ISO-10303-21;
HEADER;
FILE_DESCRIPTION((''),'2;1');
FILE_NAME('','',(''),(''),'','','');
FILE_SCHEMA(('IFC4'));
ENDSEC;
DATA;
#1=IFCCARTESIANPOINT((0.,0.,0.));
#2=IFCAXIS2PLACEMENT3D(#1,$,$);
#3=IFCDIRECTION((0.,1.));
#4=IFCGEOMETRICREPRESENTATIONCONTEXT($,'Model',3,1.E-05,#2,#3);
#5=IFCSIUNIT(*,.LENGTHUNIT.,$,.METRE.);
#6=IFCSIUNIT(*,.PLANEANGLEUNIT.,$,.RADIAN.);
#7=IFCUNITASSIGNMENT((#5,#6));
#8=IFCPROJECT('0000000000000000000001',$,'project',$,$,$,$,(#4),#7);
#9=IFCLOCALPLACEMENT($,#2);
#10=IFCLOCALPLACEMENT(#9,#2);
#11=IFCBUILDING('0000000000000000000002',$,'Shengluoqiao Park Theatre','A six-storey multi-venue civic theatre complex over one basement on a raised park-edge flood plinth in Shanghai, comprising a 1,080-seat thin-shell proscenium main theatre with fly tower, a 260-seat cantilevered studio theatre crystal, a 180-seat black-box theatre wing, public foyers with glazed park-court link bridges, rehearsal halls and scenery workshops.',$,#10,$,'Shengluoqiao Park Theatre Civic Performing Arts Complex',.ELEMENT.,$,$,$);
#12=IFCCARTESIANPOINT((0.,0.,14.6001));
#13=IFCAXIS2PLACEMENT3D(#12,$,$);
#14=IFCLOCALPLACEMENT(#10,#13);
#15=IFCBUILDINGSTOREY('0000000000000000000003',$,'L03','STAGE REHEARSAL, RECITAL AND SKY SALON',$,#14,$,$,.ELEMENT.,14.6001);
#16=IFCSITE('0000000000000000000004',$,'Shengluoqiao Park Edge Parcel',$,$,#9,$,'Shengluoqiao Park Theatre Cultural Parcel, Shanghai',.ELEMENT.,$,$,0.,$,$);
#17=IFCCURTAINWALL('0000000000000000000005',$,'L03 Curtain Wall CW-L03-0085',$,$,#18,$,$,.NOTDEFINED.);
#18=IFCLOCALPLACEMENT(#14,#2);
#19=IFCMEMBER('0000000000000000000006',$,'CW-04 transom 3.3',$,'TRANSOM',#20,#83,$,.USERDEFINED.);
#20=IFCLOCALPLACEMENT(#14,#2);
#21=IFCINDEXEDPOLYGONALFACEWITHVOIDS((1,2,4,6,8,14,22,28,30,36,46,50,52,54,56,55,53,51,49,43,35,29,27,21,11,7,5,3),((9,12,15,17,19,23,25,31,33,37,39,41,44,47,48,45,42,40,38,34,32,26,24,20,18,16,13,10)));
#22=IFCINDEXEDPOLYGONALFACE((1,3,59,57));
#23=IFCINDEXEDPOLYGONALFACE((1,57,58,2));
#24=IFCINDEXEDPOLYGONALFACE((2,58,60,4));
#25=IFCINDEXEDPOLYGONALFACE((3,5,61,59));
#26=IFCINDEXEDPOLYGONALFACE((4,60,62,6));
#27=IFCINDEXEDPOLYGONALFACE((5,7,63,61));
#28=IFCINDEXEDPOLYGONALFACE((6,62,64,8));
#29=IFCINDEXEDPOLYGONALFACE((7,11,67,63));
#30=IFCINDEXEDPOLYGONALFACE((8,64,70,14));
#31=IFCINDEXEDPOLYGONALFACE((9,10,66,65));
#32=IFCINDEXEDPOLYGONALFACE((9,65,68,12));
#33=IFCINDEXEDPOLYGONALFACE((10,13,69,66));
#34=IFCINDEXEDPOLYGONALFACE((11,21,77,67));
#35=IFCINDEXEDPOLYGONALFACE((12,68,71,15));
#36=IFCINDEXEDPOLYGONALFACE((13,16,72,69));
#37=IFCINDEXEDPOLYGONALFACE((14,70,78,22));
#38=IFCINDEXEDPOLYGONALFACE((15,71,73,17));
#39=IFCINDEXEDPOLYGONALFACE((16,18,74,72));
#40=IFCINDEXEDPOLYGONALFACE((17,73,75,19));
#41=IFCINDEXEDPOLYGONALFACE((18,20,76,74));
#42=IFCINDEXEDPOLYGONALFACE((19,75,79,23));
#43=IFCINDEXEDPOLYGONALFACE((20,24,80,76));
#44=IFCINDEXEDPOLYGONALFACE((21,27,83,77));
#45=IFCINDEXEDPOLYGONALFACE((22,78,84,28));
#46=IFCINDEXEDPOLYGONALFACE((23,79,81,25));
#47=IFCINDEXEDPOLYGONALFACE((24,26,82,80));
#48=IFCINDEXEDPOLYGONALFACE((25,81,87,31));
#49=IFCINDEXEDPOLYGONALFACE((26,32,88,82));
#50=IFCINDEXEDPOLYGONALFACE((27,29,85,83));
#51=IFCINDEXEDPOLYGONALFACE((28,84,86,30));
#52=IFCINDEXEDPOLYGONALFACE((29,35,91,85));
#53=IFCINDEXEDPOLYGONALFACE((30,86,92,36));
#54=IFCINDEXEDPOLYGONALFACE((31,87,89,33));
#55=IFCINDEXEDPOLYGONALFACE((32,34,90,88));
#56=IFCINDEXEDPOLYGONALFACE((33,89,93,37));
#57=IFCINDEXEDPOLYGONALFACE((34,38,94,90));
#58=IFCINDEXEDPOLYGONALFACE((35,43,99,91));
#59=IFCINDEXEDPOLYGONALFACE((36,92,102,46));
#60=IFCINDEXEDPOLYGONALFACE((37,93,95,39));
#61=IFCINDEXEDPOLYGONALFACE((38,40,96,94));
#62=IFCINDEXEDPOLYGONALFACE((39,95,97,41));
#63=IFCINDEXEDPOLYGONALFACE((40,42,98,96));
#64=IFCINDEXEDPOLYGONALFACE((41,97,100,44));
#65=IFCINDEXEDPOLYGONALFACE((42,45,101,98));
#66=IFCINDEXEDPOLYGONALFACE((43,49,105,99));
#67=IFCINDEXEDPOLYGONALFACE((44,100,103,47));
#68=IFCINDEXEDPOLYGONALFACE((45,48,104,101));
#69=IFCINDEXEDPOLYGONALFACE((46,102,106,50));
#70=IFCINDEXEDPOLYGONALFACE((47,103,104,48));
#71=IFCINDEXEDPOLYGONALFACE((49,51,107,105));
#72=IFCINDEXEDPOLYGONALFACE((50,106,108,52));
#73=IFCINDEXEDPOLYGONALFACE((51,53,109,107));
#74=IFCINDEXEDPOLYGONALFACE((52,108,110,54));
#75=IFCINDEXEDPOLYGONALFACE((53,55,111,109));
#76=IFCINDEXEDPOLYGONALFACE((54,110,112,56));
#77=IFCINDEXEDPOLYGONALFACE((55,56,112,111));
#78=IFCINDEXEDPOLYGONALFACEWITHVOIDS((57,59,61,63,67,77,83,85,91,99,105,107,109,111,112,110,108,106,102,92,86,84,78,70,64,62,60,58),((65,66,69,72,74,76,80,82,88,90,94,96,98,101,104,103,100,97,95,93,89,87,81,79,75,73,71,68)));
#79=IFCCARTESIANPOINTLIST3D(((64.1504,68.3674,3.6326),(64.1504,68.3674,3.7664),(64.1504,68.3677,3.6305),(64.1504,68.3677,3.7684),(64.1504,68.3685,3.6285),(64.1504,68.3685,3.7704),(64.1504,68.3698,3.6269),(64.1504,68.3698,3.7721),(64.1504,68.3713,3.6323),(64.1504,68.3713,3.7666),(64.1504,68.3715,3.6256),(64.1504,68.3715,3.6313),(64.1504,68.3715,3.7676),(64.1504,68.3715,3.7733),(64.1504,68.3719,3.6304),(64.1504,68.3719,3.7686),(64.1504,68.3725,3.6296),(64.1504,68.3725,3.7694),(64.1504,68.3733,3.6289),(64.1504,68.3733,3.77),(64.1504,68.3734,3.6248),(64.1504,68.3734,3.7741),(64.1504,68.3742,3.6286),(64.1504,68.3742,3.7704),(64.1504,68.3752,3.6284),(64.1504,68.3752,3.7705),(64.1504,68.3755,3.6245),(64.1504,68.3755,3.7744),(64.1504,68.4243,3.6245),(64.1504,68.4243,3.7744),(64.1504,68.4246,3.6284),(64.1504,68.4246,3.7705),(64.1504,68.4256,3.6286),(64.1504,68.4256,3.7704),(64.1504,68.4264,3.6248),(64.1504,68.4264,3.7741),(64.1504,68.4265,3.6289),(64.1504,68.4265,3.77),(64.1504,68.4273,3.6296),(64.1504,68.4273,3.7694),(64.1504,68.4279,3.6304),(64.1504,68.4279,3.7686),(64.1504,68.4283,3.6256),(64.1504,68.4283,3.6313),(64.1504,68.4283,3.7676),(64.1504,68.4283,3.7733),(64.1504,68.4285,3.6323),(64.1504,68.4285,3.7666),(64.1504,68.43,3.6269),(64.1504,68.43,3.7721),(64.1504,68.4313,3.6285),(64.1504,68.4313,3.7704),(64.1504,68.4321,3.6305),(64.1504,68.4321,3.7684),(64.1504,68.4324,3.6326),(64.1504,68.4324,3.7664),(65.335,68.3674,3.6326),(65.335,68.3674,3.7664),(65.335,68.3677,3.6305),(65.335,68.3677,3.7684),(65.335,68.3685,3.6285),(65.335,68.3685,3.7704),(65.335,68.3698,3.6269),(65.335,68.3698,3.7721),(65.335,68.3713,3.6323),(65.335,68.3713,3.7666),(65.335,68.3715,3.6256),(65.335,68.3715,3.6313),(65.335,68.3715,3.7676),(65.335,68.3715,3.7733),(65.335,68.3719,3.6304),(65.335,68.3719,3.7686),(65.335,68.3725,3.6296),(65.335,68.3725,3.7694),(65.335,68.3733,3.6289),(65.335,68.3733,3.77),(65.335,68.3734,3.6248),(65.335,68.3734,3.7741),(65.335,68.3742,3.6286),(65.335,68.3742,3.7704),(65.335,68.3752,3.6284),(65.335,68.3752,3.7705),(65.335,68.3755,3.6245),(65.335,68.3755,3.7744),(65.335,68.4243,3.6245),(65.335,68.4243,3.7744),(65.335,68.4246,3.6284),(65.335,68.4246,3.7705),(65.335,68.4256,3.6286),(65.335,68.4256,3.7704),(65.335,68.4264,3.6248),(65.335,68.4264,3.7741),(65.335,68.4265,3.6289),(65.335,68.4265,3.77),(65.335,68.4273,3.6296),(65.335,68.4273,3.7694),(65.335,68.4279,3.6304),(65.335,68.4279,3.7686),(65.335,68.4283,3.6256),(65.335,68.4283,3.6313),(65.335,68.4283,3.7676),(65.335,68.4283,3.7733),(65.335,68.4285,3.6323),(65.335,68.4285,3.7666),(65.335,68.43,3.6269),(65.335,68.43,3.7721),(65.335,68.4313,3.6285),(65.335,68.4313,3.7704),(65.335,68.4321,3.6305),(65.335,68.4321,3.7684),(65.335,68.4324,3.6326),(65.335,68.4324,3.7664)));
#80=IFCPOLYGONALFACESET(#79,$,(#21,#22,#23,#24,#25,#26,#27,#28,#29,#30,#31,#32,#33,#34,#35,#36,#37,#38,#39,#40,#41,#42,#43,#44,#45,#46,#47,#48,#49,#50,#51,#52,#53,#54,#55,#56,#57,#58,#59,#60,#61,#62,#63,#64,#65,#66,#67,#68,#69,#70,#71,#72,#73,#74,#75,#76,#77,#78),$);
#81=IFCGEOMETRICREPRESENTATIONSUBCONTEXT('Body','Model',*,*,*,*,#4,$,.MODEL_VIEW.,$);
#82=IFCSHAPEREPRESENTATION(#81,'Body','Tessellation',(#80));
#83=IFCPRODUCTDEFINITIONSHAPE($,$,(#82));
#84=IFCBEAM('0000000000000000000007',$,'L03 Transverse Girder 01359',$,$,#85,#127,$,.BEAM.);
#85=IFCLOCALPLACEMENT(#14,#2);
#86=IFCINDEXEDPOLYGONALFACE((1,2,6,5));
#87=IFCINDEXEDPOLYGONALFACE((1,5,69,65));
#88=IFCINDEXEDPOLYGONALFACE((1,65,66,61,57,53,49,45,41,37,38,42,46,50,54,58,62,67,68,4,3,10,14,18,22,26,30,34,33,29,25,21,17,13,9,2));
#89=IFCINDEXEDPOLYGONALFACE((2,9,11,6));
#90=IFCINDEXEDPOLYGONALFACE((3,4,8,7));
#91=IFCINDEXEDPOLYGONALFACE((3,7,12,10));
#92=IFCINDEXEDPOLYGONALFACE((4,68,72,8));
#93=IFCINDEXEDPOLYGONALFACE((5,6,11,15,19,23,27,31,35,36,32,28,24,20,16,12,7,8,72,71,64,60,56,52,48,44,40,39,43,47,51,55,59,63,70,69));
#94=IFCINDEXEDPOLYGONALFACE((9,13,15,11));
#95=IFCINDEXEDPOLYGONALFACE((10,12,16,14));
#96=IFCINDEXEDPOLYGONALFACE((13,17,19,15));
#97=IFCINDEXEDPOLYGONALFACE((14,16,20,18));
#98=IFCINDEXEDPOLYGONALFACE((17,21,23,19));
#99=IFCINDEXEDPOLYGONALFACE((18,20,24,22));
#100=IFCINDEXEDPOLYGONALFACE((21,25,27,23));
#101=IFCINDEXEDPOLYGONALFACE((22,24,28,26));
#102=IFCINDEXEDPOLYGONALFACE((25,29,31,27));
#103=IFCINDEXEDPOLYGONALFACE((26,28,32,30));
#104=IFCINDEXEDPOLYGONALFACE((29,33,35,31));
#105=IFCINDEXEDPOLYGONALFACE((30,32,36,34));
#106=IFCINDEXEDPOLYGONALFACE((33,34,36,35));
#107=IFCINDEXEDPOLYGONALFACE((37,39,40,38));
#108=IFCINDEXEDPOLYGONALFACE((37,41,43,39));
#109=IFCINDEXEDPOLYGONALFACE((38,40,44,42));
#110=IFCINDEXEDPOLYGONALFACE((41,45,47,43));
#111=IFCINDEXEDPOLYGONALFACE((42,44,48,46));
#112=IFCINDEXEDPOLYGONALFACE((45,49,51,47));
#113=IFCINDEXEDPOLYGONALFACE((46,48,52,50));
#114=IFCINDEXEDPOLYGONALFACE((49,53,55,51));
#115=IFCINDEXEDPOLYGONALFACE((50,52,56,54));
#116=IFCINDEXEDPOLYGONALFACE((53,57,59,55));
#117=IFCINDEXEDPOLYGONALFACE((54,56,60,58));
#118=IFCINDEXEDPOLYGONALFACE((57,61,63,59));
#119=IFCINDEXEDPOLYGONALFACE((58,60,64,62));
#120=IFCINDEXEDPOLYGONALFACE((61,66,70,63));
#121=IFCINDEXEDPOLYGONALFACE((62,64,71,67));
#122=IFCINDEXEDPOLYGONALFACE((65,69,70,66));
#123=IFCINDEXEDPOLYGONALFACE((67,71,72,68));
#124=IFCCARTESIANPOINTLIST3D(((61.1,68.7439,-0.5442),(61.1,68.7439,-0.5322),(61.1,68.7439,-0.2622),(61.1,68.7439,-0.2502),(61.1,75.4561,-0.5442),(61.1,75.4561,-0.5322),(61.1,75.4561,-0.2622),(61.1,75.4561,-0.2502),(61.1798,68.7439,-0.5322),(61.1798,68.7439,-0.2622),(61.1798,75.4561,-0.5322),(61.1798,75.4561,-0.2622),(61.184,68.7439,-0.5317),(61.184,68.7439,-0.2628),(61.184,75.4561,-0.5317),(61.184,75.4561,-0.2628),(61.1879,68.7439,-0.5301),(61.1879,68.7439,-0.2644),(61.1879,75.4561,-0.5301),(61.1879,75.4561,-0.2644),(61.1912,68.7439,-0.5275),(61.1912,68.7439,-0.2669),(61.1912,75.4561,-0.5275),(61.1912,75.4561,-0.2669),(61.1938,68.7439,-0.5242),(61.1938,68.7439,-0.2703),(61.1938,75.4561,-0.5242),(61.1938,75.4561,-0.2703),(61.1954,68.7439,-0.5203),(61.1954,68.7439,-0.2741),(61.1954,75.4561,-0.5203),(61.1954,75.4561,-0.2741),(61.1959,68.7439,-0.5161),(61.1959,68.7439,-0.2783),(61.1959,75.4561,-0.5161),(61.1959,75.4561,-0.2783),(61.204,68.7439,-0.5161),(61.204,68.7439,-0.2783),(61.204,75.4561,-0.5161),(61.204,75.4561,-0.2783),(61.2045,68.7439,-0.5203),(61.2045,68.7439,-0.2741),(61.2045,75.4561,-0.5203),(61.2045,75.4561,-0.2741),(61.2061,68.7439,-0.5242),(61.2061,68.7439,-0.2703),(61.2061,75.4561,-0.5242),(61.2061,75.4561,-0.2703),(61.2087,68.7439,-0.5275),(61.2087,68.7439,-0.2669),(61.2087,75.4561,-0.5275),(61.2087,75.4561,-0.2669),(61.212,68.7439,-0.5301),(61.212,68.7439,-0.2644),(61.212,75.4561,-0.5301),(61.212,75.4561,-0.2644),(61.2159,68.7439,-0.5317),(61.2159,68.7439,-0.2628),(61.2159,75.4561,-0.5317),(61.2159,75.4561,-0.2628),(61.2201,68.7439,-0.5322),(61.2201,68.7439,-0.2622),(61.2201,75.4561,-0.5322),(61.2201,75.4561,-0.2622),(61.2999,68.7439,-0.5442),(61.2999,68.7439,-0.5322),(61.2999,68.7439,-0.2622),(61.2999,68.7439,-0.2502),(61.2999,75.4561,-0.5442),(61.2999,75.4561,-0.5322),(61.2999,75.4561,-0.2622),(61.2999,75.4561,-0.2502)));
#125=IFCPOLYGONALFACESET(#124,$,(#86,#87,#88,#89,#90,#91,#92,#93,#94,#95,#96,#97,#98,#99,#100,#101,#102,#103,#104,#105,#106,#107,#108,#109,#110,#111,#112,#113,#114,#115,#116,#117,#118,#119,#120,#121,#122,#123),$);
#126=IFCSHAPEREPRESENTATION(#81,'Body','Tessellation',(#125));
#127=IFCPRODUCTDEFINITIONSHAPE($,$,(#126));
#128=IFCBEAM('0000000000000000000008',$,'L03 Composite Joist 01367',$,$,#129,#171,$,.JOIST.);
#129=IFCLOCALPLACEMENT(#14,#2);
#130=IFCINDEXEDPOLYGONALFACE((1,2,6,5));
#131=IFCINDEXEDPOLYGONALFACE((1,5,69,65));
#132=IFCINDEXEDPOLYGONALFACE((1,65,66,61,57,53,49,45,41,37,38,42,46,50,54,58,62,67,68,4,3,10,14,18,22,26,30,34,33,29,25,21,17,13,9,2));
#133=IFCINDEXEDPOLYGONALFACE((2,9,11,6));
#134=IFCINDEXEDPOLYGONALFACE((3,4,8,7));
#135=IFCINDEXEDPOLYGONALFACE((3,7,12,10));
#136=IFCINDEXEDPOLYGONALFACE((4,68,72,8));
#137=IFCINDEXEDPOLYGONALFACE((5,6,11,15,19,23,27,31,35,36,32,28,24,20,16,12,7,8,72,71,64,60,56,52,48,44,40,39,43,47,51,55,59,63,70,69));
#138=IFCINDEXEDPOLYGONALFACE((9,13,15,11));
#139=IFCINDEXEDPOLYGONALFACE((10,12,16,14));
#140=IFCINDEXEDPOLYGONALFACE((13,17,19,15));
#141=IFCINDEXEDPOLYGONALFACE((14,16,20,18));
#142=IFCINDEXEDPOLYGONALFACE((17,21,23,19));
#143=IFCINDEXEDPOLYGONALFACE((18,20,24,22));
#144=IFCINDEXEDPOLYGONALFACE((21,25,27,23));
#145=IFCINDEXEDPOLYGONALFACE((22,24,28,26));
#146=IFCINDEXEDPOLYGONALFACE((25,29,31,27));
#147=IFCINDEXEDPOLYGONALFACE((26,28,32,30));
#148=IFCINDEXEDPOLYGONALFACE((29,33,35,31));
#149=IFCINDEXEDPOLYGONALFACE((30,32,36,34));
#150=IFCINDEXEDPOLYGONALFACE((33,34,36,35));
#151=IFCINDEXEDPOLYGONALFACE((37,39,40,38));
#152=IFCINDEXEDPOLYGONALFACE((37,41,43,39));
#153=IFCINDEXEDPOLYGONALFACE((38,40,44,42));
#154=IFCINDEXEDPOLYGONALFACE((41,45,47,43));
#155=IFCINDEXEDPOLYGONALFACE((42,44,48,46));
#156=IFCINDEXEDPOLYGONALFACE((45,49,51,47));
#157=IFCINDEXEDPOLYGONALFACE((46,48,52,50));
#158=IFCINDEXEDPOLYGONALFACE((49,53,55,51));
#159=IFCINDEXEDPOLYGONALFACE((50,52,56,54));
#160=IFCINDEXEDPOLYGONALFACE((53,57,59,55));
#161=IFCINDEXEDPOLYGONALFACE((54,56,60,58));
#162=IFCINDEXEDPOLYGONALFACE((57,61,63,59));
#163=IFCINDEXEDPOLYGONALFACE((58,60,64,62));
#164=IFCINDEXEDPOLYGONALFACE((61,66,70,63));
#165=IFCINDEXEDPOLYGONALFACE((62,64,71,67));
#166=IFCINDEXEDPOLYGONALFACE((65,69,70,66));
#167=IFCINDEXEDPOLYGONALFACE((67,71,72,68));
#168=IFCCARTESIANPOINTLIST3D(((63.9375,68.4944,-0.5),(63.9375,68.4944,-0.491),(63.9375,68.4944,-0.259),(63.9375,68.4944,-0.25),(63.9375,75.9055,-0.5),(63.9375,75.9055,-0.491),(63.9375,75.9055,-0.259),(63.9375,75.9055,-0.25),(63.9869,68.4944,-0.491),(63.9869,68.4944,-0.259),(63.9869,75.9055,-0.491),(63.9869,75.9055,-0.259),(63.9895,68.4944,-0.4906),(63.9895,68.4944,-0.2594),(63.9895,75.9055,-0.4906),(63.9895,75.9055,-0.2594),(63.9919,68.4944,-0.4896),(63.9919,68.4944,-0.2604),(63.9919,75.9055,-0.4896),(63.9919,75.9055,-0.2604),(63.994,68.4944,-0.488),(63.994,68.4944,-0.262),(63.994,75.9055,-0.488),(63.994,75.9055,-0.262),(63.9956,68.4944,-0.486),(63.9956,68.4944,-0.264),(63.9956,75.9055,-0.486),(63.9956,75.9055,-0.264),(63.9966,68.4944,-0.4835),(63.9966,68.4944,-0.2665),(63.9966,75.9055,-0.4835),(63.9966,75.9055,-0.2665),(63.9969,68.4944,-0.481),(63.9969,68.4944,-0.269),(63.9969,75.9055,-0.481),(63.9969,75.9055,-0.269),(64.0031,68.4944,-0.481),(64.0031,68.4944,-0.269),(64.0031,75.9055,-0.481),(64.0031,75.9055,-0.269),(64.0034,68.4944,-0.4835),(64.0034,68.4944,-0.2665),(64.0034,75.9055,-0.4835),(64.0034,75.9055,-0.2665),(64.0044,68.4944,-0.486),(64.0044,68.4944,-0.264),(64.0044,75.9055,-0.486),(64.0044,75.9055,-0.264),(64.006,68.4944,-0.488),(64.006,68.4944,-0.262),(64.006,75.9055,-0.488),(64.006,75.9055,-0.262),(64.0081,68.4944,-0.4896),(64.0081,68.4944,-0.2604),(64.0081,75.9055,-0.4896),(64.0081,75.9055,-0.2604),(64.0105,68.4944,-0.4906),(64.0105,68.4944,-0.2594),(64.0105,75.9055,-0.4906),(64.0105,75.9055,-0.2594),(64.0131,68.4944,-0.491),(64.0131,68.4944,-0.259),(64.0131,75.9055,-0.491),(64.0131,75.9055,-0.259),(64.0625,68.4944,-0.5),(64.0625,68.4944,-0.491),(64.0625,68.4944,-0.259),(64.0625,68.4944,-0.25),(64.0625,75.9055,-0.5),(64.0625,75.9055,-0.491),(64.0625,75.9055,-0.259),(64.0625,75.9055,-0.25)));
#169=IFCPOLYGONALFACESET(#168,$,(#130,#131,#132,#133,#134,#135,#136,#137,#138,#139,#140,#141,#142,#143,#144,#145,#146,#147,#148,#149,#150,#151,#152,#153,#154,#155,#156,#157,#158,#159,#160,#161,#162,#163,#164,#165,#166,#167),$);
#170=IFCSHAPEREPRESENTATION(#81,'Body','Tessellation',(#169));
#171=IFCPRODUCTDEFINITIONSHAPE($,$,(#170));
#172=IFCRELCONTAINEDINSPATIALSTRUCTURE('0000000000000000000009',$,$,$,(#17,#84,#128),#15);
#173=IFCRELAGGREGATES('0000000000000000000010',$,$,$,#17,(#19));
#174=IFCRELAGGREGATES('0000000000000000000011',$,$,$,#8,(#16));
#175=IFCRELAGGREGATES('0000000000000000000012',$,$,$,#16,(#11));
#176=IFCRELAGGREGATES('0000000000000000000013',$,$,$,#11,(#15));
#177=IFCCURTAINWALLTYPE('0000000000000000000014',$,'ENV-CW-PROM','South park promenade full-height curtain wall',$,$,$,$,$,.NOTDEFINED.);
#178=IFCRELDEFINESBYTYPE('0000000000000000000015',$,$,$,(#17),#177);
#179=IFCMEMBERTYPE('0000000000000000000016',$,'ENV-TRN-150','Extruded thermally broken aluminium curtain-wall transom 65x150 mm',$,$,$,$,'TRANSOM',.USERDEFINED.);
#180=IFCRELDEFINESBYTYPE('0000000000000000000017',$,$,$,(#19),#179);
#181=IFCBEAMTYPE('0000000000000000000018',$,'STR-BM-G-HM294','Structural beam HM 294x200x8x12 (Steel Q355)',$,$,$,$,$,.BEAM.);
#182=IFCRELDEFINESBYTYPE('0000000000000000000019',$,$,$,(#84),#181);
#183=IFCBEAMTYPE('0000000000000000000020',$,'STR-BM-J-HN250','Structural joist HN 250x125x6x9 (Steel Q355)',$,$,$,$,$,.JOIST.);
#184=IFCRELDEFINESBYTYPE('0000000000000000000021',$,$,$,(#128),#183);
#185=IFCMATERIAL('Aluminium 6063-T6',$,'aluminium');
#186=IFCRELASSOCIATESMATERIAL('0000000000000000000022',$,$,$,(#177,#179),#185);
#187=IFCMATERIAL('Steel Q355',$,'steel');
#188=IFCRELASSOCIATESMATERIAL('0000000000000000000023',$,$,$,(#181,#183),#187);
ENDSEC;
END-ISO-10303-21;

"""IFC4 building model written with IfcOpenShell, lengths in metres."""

from ifc_helpers import new_model, si_unit, direction, frame, origin, origin_2d, place, context, subcontext, project, spatial, hollow_rectangle, i_section, extrude, material, material_profile, profile_set, type_object, element, aggregate, save


model = new_model("IFC4")

# Units and contexts
model_context = context("Model", 3, precision=1e-05, world=origin(), true_north=direction((0.0, 1.0)))
body_context = subcontext(model_context, "Body", "Model", "MODEL_VIEW")
ifc_project = project(units=[si_unit("LENGTHUNIT", "METRE"), si_unit("PLANEANGLEUNIT", "RADIAN")], contexts=[model_context])

# Site, building, storey
site_placement = place(None, origin())
site = spatial("IfcSite", under=ifc_project, at=site_placement, Name="Shengluoqiao Park Edge Parcel", LongName="Shengluoqiao Park Theatre Cultural Parcel, Shanghai", CompositionType="ELEMENT", RefElevation=0.0)
building_placement = place(site_placement, origin())
building = spatial("IfcBuilding", under=site, at=building_placement, Name="Shengluoqiao Park Theatre", Description="A six-storey multi-venue civic theatre complex over one basement on a raised park-edge flood plinth in Shanghai, comprising a 1,080-seat thin-shell proscenium main theatre with fly tower, a 260-seat cantilevered studio theatre crystal, a 180-seat black-box theatre wing, public foyers with glazed park-court link bridges, rehearsal halls and scenery workshops.", LongName="Shengluoqiao Park Theatre Civic Performing Arts Complex", CompositionType="ELEMENT")
storey_placement = place(building_placement, frame((0.0, 0.0, 14.6001)))
storey = spatial("IfcBuildingStorey", under=building, at=storey_placement, Name="L03", Description="STAGE REHEARSAL, RECITAL AND SKY SALON", CompositionType="ELEMENT", Elevation=14.6001)

# Curtain wall
ifc_material_1 = material(Name="Aluminium 6063-T6", Category="aluminium")
curtain_wall_type = type_object("IfcCurtainWallType", Name="ENV-CW-PROM", Description="South park promenade full-height curtain wall", PredefinedType="NOTDEFINED", material=ifc_material_1)
curtain_wall_1_placement = place(storey_placement, origin())
curtain_wall_1 = element("IfcCurtainWall", 1, at=curtain_wall_1_placement, inside=storey, type_object=curtain_wall_type, Name="L03 Curtain Wall CW-L03-0085", PredefinedType="NOTDEFINED")

# Member
ifc_material_profile_1 = material_profile(ifc_material_1, hollow_rectangle(XDim=0.0649, YDim=0.1499, WallThickness=0.0039, InnerFilletRadius=0.0039, OuterFilletRadius=0.0081, at=origin_2d()), Name="ALU TRANSOM 150x65x4")
ifc_profile_set_1 = profile_set([ifc_material_profile_1], Name="Aluminium 6063-T6")
member_type_1 = type_object("IfcMemberType", Name="ENV-TRN-150", Description="Extruded thermally broken aluminium curtain-wall transom 65x150 mm", ElementType="TRANSOM", PredefinedType="USERDEFINED", material=ifc_profile_set_1)
member_1_placement = place(storey_placement, frame((64.1504, 68.3999, 3.6995), z_axis=(1.0, 0.0, 0.0), x_axis=(0.0, 1.0, 0.0)))
member_1 = element("IfcMember", 2, at=member_1_placement, type_object=member_type_1, Name="CW-04 transom 3.3", ObjectType="TRANSOM", PredefinedType="USERDEFINED", context=body_context, shape_type="SweptSolid", body=[
    extrude(hollow_rectangle(XDim=0.0649, YDim=0.1499, WallThickness=0.0039, InnerFilletRadius=0.0039, OuterFilletRadius=0.0081, at=origin_2d()), origin(), (0.0, 0.0, 1.0), 1.1846),
])

# Beams
ifc_material_2 = material(Name="Steel Q355", Category="steel")
ifc_material_profile_2 = material_profile(ifc_material_2, i_section(OverallWidth=0.2, OverallDepth=0.2939, WebThickness=0.0081, FlangeThickness=0.012, FilletRadius=0.0161, at=origin_2d()), Name="HM 294x200x8x12")
ifc_profile_set_2 = profile_set([ifc_material_profile_2], Name="Steel Q355")
beam_type_1 = type_object("IfcBeamType", Name="STR-BM-G-HM294", Description="Structural beam HM 294x200x8x12 (Steel Q355)", PredefinedType="BEAM", material=ifc_profile_set_2)
beam_1_placement = place(storey_placement, frame((61.2, 68.7439, -0.3972), z_axis=(0.0, 1.0, 0.0), x_axis=(-1.0, 0.0, 0.0)))
element("IfcBeam", 3, at=beam_1_placement, inside=storey, type_object=beam_type_1, Name="L03 Transverse Girder 01359", PredefinedType="BEAM", context=body_context, shape_type="SweptSolid", body=[
    extrude(i_section(OverallWidth=0.2, OverallDepth=0.2939, WebThickness=0.0081, FlangeThickness=0.012, FilletRadius=0.0161, at=origin_2d()), origin(), (0.0, 0.0, 1.0), 6.7122),
])
ifc_material_profile_3 = material_profile(ifc_material_2, i_section(OverallWidth=0.125, OverallDepth=0.25, WebThickness=0.0061, FlangeThickness=0.009, FilletRadius=0.01, at=origin_2d()), Name="HN 250x125x6x9")
ifc_profile_set_3 = profile_set([ifc_material_profile_3], Name="Steel Q355")
beam_type_2 = type_object("IfcBeamType", Name="STR-BM-J-HN250", Description="Structural joist HN 250x125x6x9 (Steel Q355)", PredefinedType="JOIST", material=ifc_profile_set_3)
beam_2_placement = place(storey_placement, frame((64.0, 68.4944, -0.375), z_axis=(0.0, 1.0, 0.0), x_axis=(-1.0, 0.0, 0.0)))
element("IfcBeam", 4, at=beam_2_placement, inside=storey, type_object=beam_type_2, Name="L03 Composite Joist 01367", PredefinedType="JOIST", context=body_context, shape_type="SweptSolid", body=[
    extrude(i_section(OverallWidth=0.125, OverallDepth=0.25, WebThickness=0.0061, FlangeThickness=0.009, FilletRadius=0.01, at=origin_2d()), origin(), (0.0, 0.0, 1.0), 7.4111),
])

aggregate(curtain_wall_1, [member_1])

save(model, "model.ifc")
